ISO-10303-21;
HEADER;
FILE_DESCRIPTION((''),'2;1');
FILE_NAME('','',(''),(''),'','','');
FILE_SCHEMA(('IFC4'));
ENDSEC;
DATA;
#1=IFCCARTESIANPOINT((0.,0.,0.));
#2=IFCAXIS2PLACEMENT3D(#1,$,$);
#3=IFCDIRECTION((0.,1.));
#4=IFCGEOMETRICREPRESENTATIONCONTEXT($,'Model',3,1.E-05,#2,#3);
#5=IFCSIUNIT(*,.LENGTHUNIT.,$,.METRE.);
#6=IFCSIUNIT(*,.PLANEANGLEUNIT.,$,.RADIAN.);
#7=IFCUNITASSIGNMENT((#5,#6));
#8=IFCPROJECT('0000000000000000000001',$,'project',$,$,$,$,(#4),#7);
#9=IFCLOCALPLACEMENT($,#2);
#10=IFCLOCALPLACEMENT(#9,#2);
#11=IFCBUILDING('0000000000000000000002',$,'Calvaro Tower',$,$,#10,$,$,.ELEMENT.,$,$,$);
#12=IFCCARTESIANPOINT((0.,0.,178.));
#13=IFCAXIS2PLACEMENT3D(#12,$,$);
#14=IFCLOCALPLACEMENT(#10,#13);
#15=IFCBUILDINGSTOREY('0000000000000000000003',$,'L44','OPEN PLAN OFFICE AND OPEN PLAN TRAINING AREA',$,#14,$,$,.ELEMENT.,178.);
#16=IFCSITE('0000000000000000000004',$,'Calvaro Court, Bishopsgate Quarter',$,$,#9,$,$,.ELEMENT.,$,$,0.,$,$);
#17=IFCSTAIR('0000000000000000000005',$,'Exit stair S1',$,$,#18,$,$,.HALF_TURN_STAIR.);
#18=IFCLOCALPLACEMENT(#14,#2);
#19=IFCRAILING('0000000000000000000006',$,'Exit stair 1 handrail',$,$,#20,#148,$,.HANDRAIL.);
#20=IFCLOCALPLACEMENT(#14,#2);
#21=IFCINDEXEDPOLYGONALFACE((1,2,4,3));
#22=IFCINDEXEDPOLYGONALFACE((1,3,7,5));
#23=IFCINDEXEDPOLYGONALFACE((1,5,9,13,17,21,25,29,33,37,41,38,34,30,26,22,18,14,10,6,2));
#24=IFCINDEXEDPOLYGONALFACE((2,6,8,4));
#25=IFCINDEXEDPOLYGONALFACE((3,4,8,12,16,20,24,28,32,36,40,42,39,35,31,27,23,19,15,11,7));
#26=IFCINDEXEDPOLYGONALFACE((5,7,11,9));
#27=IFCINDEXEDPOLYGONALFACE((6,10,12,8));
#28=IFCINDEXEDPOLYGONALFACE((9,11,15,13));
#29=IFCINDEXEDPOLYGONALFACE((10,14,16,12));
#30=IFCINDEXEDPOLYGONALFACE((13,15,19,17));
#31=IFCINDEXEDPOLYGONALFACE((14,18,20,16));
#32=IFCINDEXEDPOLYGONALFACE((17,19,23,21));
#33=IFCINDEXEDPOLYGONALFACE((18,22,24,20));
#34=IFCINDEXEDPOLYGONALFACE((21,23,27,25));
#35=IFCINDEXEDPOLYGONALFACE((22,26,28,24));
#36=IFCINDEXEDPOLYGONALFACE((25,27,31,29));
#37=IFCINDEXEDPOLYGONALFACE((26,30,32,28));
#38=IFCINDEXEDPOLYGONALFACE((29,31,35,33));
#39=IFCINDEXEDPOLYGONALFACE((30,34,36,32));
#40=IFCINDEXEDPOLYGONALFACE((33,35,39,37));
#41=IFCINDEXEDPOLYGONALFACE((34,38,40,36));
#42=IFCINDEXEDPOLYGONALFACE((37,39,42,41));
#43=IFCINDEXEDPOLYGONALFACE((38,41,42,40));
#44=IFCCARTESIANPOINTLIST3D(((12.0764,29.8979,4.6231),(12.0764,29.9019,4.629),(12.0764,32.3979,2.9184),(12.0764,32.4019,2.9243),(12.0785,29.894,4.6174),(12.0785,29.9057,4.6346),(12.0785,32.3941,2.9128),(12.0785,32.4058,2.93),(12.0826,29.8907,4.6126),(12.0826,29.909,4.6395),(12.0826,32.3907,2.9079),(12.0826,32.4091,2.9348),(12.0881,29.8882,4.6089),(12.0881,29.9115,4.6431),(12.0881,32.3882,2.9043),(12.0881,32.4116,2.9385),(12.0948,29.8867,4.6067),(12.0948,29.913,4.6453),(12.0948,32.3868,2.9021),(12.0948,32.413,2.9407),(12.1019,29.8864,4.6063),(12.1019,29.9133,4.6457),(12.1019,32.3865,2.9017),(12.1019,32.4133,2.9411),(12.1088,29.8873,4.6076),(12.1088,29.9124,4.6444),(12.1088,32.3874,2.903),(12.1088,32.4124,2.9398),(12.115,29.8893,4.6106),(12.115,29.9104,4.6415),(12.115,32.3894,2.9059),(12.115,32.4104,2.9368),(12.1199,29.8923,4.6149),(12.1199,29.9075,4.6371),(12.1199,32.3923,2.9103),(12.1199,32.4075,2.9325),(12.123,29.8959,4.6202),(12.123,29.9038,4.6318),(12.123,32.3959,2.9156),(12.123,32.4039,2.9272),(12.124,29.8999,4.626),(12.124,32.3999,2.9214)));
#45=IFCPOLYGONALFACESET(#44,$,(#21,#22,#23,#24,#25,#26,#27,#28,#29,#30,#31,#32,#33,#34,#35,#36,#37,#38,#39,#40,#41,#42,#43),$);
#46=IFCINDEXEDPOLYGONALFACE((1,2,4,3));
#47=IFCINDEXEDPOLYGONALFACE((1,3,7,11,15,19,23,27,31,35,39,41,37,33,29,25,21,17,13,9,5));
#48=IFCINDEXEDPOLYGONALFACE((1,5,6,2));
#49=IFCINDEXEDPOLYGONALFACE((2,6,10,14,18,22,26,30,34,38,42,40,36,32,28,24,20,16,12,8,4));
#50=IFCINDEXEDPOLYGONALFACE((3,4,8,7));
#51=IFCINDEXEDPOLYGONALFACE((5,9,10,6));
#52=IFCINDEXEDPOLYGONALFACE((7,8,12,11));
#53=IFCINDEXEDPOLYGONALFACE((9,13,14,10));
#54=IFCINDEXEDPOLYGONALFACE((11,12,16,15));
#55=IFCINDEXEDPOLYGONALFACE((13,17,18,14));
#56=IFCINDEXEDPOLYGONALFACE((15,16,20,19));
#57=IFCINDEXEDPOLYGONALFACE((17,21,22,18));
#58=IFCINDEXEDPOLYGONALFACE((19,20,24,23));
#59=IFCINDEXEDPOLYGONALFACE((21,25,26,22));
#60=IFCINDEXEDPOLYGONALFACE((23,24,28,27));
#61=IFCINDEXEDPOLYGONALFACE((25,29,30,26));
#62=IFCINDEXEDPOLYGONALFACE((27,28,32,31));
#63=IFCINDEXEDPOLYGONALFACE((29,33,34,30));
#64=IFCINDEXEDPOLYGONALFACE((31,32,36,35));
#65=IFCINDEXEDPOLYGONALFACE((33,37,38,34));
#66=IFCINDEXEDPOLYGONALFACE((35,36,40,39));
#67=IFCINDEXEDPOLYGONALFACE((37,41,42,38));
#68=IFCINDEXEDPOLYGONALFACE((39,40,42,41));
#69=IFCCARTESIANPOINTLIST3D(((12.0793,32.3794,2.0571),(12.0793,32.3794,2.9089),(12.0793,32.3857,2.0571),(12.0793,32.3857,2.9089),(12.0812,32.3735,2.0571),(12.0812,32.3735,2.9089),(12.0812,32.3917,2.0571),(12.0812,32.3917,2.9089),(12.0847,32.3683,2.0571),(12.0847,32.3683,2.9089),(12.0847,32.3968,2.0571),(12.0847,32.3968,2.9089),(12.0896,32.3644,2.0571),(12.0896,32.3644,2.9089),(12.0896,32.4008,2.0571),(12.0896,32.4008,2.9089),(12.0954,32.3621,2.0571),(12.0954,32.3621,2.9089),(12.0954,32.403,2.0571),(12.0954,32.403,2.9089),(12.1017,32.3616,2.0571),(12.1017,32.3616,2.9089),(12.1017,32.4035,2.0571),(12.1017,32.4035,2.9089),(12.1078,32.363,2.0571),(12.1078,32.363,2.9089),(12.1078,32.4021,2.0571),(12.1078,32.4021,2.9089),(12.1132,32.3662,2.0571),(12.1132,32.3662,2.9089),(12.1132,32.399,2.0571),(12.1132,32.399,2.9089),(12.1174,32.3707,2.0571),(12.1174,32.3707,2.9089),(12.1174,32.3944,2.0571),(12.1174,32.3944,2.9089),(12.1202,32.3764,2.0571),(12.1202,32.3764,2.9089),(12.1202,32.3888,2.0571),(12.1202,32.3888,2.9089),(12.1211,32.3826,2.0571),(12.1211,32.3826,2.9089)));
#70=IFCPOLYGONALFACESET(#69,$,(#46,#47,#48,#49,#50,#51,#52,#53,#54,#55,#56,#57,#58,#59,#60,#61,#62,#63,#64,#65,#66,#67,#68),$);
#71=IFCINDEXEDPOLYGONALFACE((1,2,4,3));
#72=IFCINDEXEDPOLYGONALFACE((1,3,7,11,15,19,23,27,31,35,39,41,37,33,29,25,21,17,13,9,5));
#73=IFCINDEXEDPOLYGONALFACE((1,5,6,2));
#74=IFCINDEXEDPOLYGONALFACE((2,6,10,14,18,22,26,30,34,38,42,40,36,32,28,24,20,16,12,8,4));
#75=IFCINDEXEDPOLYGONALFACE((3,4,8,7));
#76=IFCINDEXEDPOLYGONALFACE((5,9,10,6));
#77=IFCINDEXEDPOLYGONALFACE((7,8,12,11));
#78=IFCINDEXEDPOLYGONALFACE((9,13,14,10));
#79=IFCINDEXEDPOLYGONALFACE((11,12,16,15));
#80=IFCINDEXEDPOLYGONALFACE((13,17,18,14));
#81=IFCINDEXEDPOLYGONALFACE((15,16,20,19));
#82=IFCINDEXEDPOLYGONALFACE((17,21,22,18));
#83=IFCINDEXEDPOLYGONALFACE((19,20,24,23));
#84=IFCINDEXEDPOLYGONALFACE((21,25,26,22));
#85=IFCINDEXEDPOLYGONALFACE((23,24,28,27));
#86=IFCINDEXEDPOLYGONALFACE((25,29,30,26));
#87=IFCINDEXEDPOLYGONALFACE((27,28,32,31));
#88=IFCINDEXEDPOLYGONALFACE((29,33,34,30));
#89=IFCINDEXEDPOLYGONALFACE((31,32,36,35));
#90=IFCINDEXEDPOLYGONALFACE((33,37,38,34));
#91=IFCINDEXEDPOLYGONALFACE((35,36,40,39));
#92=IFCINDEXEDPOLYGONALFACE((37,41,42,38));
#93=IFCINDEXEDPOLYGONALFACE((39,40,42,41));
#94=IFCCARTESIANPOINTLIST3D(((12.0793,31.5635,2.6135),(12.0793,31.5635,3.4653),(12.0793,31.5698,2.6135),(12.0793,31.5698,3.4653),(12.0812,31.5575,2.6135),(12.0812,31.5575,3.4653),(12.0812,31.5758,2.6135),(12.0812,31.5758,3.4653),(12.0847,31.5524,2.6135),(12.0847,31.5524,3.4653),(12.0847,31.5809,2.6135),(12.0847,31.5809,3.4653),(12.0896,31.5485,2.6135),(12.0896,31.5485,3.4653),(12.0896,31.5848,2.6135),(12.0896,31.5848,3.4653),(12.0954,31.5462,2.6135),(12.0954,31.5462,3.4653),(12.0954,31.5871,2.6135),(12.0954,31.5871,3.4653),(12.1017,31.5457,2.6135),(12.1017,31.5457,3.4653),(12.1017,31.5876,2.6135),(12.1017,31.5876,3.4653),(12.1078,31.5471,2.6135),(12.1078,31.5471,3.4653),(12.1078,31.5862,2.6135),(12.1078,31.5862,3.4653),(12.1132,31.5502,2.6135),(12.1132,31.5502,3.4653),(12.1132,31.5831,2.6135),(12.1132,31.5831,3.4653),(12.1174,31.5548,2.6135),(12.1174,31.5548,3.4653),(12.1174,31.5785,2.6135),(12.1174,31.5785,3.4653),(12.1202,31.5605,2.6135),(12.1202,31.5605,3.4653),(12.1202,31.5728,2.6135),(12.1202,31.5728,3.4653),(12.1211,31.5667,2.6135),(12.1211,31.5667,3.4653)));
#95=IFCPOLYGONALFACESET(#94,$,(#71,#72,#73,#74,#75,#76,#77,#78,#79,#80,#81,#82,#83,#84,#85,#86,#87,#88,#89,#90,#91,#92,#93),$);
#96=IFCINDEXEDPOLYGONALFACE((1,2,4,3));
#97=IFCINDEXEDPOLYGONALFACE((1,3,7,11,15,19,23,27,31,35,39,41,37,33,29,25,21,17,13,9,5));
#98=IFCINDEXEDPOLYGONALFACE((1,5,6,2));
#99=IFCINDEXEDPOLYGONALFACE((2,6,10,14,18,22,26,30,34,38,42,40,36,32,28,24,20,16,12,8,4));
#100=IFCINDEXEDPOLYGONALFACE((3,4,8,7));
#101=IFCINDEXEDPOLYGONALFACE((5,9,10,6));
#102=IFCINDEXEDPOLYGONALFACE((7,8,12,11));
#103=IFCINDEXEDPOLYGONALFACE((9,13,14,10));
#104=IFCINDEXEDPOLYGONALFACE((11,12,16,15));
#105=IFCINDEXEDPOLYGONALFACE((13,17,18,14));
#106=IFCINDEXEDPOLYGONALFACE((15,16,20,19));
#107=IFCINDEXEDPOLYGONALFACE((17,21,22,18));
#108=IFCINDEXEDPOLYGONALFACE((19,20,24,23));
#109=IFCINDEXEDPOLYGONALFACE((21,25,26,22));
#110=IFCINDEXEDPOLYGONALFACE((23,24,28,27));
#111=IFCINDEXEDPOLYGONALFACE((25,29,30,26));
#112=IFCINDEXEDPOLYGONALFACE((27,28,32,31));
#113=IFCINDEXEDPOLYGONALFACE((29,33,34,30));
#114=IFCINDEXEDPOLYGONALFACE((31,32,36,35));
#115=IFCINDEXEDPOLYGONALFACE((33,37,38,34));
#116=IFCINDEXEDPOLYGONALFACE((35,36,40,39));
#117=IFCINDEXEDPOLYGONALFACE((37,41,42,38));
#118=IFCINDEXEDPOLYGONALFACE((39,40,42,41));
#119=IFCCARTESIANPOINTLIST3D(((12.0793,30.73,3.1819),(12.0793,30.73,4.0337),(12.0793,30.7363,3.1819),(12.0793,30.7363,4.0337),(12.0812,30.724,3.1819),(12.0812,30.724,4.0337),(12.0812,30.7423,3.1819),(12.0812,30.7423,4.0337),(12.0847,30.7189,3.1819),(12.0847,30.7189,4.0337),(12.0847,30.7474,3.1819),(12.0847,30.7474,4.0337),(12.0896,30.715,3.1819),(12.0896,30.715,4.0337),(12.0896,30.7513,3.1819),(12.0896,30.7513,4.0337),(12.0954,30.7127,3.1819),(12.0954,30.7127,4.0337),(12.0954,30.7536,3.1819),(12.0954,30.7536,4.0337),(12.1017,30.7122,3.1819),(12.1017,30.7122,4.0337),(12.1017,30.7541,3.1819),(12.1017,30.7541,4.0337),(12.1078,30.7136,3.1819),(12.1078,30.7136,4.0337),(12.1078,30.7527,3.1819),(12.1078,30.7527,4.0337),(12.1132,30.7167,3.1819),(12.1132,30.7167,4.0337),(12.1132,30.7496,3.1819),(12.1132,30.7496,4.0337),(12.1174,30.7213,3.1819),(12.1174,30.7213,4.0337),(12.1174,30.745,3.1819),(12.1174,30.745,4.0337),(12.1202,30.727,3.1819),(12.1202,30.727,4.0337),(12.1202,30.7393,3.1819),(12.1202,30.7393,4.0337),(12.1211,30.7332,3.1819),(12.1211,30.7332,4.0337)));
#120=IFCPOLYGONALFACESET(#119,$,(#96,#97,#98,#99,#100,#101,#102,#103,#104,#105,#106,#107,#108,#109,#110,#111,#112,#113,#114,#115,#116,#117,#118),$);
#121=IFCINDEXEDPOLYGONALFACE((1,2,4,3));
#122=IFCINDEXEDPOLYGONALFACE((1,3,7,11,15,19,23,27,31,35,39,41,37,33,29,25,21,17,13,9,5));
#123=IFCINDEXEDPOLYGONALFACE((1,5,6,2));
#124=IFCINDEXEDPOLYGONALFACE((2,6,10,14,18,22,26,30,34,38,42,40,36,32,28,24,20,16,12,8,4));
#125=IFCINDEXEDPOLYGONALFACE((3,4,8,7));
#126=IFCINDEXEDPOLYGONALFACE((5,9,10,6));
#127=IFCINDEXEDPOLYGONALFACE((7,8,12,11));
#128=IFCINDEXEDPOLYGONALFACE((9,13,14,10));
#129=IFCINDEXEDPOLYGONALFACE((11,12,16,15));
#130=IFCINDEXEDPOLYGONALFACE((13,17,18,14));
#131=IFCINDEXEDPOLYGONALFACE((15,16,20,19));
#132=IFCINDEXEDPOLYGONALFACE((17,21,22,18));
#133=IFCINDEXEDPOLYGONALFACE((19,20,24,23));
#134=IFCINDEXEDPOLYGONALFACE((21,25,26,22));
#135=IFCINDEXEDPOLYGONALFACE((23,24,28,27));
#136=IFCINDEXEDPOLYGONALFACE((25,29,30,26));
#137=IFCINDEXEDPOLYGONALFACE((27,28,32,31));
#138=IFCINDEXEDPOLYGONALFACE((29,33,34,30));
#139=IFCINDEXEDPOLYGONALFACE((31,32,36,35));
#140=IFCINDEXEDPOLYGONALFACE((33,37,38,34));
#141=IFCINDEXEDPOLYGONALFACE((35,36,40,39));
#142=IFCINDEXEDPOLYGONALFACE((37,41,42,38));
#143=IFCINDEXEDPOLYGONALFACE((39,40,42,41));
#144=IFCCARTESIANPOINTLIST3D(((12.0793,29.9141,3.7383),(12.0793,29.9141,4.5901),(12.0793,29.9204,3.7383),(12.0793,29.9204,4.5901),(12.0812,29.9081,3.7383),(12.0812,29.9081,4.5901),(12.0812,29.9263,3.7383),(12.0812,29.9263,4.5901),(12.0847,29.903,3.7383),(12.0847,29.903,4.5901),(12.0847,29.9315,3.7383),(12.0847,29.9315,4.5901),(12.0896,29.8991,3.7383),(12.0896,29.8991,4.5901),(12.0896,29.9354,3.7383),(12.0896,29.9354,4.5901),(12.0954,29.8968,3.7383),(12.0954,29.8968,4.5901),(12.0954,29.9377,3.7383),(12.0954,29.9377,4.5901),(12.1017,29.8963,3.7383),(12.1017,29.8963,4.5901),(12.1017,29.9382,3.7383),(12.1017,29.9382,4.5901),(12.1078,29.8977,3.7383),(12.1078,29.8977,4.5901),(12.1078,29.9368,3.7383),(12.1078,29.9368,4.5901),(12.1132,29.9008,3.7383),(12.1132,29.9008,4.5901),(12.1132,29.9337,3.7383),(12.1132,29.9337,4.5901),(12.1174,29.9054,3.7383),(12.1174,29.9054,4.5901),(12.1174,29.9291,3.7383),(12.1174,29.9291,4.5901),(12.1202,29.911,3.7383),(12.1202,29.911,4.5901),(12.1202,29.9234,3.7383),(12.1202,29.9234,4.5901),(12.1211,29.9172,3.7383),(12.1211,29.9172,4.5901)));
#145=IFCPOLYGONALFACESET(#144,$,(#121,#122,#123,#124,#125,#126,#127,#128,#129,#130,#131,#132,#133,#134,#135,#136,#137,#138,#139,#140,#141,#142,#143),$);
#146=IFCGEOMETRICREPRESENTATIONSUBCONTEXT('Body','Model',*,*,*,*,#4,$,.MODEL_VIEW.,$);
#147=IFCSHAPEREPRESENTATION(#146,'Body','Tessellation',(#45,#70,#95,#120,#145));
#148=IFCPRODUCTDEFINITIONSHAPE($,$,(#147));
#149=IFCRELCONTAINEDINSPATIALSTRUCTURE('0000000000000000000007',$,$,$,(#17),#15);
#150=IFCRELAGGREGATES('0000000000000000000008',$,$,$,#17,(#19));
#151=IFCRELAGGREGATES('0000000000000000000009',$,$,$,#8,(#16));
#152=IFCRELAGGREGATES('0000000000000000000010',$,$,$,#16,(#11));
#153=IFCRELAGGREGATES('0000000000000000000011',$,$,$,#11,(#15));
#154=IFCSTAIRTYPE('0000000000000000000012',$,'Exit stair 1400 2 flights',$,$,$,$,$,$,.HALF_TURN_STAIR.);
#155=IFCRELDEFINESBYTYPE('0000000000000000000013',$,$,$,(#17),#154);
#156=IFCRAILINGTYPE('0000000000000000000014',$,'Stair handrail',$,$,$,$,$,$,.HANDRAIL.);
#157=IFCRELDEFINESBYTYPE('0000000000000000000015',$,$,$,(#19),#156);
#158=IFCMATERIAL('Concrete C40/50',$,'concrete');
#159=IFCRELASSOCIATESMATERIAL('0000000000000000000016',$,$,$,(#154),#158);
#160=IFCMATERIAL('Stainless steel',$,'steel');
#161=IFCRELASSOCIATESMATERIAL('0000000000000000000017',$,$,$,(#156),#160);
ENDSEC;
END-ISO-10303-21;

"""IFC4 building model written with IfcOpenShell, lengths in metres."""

from ifc_helpers import new_model, si_unit, direction, frame, origin, origin_2d, place, context, subcontext, project, spatial, circle, extrude, material, type_object, element, aggregate, save


model = new_model("IFC4")

# Units and contexts
model_context = context("Model", 3, precision=1e-05, world=origin(), true_north=direction((0.0, 1.0)))
body_context = subcontext(model_context, "Body", "Model", "MODEL_VIEW")
ifc_project = project(units=[si_unit("LENGTHUNIT", "METRE"), si_unit("PLANEANGLEUNIT", "RADIAN")], contexts=[model_context])

# Site, building, storey
site_placement = place(None, origin())
site = spatial("IfcSite", under=ifc_project, at=site_placement, Name="Calvaro Court, Bishopsgate Quarter", CompositionType="ELEMENT", RefElevation=0.0)
building_placement = place(site_placement, origin())
building = spatial("IfcBuilding", under=site, at=building_placement, Name="Calvaro Tower", CompositionType="ELEMENT")
storey_placement = place(building_placement, frame((0.0, 0.0, 178.0)))
storey = spatial("IfcBuildingStorey", under=building, at=storey_placement, Name="L44", Description="OPEN PLAN OFFICE AND OPEN PLAN TRAINING AREA", CompositionType="ELEMENT", Elevation=178.0)

# Stair, railing
ifc_material_1 = material(Name="Concrete C40/50", Category="concrete")
stair_type = type_object("IfcStairType", Name="Exit stair 1400 2 flights", PredefinedType="HALF_TURN_STAIR", material=ifc_material_1)
stair_placement = place(storey_placement, origin())
stair = element("IfcStair", 1, at=stair_placement, inside=storey, type_object=stair_type, Name="Exit stair S1", PredefinedType="HALF_TURN_STAIR")
ifc_material_2 = material(Name="Stainless steel", Category="steel")
railing_type = type_object("IfcRailingType", Name="Stair handrail", PredefinedType="HANDRAIL", material=ifc_material_2)
railing_placement = place(storey_placement, frame((12.1001, 32.3999, 2.0454)))
railing = element("IfcRailing", 2, at=railing_placement, type_object=railing_type, Name="Exit stair 1 handrail", PredefinedType="HANDRAIL", context=body_context, shape_type="SweptSolid", body=[
    extrude(circle(Radius=0.0239, at=origin_2d()), frame((0.0, 0.0, 0.876), z_axis=(0.0, -0.826221, 0.563347), x_axis=(1.0, 0.0, 0.0)), (0.0, 0.0, 1.0), 3.0259),
    extrude(circle(Radius=0.021, at=origin_2d()), frame((0.0, -0.0173, 0.0117)), (0.0, 0.0, 1.0), 0.8518),
    extrude(circle(Radius=0.021, at=origin_2d()), frame((0.0, -0.8333, 0.5681)), (0.0, 0.0, 1.0), 0.8518),
    extrude(circle(Radius=0.021, at=origin_2d()), frame((0.0, -1.6667, 1.1365)), (0.0, 0.0, 1.0), 0.8518),
    extrude(circle(Radius=0.021, at=origin_2d()), frame((0.0, -2.4827, 1.6929)), (0.0, 0.0, 1.0), 0.8518),
])
aggregate(stair, [railing])

save(model, "model.ifc")
